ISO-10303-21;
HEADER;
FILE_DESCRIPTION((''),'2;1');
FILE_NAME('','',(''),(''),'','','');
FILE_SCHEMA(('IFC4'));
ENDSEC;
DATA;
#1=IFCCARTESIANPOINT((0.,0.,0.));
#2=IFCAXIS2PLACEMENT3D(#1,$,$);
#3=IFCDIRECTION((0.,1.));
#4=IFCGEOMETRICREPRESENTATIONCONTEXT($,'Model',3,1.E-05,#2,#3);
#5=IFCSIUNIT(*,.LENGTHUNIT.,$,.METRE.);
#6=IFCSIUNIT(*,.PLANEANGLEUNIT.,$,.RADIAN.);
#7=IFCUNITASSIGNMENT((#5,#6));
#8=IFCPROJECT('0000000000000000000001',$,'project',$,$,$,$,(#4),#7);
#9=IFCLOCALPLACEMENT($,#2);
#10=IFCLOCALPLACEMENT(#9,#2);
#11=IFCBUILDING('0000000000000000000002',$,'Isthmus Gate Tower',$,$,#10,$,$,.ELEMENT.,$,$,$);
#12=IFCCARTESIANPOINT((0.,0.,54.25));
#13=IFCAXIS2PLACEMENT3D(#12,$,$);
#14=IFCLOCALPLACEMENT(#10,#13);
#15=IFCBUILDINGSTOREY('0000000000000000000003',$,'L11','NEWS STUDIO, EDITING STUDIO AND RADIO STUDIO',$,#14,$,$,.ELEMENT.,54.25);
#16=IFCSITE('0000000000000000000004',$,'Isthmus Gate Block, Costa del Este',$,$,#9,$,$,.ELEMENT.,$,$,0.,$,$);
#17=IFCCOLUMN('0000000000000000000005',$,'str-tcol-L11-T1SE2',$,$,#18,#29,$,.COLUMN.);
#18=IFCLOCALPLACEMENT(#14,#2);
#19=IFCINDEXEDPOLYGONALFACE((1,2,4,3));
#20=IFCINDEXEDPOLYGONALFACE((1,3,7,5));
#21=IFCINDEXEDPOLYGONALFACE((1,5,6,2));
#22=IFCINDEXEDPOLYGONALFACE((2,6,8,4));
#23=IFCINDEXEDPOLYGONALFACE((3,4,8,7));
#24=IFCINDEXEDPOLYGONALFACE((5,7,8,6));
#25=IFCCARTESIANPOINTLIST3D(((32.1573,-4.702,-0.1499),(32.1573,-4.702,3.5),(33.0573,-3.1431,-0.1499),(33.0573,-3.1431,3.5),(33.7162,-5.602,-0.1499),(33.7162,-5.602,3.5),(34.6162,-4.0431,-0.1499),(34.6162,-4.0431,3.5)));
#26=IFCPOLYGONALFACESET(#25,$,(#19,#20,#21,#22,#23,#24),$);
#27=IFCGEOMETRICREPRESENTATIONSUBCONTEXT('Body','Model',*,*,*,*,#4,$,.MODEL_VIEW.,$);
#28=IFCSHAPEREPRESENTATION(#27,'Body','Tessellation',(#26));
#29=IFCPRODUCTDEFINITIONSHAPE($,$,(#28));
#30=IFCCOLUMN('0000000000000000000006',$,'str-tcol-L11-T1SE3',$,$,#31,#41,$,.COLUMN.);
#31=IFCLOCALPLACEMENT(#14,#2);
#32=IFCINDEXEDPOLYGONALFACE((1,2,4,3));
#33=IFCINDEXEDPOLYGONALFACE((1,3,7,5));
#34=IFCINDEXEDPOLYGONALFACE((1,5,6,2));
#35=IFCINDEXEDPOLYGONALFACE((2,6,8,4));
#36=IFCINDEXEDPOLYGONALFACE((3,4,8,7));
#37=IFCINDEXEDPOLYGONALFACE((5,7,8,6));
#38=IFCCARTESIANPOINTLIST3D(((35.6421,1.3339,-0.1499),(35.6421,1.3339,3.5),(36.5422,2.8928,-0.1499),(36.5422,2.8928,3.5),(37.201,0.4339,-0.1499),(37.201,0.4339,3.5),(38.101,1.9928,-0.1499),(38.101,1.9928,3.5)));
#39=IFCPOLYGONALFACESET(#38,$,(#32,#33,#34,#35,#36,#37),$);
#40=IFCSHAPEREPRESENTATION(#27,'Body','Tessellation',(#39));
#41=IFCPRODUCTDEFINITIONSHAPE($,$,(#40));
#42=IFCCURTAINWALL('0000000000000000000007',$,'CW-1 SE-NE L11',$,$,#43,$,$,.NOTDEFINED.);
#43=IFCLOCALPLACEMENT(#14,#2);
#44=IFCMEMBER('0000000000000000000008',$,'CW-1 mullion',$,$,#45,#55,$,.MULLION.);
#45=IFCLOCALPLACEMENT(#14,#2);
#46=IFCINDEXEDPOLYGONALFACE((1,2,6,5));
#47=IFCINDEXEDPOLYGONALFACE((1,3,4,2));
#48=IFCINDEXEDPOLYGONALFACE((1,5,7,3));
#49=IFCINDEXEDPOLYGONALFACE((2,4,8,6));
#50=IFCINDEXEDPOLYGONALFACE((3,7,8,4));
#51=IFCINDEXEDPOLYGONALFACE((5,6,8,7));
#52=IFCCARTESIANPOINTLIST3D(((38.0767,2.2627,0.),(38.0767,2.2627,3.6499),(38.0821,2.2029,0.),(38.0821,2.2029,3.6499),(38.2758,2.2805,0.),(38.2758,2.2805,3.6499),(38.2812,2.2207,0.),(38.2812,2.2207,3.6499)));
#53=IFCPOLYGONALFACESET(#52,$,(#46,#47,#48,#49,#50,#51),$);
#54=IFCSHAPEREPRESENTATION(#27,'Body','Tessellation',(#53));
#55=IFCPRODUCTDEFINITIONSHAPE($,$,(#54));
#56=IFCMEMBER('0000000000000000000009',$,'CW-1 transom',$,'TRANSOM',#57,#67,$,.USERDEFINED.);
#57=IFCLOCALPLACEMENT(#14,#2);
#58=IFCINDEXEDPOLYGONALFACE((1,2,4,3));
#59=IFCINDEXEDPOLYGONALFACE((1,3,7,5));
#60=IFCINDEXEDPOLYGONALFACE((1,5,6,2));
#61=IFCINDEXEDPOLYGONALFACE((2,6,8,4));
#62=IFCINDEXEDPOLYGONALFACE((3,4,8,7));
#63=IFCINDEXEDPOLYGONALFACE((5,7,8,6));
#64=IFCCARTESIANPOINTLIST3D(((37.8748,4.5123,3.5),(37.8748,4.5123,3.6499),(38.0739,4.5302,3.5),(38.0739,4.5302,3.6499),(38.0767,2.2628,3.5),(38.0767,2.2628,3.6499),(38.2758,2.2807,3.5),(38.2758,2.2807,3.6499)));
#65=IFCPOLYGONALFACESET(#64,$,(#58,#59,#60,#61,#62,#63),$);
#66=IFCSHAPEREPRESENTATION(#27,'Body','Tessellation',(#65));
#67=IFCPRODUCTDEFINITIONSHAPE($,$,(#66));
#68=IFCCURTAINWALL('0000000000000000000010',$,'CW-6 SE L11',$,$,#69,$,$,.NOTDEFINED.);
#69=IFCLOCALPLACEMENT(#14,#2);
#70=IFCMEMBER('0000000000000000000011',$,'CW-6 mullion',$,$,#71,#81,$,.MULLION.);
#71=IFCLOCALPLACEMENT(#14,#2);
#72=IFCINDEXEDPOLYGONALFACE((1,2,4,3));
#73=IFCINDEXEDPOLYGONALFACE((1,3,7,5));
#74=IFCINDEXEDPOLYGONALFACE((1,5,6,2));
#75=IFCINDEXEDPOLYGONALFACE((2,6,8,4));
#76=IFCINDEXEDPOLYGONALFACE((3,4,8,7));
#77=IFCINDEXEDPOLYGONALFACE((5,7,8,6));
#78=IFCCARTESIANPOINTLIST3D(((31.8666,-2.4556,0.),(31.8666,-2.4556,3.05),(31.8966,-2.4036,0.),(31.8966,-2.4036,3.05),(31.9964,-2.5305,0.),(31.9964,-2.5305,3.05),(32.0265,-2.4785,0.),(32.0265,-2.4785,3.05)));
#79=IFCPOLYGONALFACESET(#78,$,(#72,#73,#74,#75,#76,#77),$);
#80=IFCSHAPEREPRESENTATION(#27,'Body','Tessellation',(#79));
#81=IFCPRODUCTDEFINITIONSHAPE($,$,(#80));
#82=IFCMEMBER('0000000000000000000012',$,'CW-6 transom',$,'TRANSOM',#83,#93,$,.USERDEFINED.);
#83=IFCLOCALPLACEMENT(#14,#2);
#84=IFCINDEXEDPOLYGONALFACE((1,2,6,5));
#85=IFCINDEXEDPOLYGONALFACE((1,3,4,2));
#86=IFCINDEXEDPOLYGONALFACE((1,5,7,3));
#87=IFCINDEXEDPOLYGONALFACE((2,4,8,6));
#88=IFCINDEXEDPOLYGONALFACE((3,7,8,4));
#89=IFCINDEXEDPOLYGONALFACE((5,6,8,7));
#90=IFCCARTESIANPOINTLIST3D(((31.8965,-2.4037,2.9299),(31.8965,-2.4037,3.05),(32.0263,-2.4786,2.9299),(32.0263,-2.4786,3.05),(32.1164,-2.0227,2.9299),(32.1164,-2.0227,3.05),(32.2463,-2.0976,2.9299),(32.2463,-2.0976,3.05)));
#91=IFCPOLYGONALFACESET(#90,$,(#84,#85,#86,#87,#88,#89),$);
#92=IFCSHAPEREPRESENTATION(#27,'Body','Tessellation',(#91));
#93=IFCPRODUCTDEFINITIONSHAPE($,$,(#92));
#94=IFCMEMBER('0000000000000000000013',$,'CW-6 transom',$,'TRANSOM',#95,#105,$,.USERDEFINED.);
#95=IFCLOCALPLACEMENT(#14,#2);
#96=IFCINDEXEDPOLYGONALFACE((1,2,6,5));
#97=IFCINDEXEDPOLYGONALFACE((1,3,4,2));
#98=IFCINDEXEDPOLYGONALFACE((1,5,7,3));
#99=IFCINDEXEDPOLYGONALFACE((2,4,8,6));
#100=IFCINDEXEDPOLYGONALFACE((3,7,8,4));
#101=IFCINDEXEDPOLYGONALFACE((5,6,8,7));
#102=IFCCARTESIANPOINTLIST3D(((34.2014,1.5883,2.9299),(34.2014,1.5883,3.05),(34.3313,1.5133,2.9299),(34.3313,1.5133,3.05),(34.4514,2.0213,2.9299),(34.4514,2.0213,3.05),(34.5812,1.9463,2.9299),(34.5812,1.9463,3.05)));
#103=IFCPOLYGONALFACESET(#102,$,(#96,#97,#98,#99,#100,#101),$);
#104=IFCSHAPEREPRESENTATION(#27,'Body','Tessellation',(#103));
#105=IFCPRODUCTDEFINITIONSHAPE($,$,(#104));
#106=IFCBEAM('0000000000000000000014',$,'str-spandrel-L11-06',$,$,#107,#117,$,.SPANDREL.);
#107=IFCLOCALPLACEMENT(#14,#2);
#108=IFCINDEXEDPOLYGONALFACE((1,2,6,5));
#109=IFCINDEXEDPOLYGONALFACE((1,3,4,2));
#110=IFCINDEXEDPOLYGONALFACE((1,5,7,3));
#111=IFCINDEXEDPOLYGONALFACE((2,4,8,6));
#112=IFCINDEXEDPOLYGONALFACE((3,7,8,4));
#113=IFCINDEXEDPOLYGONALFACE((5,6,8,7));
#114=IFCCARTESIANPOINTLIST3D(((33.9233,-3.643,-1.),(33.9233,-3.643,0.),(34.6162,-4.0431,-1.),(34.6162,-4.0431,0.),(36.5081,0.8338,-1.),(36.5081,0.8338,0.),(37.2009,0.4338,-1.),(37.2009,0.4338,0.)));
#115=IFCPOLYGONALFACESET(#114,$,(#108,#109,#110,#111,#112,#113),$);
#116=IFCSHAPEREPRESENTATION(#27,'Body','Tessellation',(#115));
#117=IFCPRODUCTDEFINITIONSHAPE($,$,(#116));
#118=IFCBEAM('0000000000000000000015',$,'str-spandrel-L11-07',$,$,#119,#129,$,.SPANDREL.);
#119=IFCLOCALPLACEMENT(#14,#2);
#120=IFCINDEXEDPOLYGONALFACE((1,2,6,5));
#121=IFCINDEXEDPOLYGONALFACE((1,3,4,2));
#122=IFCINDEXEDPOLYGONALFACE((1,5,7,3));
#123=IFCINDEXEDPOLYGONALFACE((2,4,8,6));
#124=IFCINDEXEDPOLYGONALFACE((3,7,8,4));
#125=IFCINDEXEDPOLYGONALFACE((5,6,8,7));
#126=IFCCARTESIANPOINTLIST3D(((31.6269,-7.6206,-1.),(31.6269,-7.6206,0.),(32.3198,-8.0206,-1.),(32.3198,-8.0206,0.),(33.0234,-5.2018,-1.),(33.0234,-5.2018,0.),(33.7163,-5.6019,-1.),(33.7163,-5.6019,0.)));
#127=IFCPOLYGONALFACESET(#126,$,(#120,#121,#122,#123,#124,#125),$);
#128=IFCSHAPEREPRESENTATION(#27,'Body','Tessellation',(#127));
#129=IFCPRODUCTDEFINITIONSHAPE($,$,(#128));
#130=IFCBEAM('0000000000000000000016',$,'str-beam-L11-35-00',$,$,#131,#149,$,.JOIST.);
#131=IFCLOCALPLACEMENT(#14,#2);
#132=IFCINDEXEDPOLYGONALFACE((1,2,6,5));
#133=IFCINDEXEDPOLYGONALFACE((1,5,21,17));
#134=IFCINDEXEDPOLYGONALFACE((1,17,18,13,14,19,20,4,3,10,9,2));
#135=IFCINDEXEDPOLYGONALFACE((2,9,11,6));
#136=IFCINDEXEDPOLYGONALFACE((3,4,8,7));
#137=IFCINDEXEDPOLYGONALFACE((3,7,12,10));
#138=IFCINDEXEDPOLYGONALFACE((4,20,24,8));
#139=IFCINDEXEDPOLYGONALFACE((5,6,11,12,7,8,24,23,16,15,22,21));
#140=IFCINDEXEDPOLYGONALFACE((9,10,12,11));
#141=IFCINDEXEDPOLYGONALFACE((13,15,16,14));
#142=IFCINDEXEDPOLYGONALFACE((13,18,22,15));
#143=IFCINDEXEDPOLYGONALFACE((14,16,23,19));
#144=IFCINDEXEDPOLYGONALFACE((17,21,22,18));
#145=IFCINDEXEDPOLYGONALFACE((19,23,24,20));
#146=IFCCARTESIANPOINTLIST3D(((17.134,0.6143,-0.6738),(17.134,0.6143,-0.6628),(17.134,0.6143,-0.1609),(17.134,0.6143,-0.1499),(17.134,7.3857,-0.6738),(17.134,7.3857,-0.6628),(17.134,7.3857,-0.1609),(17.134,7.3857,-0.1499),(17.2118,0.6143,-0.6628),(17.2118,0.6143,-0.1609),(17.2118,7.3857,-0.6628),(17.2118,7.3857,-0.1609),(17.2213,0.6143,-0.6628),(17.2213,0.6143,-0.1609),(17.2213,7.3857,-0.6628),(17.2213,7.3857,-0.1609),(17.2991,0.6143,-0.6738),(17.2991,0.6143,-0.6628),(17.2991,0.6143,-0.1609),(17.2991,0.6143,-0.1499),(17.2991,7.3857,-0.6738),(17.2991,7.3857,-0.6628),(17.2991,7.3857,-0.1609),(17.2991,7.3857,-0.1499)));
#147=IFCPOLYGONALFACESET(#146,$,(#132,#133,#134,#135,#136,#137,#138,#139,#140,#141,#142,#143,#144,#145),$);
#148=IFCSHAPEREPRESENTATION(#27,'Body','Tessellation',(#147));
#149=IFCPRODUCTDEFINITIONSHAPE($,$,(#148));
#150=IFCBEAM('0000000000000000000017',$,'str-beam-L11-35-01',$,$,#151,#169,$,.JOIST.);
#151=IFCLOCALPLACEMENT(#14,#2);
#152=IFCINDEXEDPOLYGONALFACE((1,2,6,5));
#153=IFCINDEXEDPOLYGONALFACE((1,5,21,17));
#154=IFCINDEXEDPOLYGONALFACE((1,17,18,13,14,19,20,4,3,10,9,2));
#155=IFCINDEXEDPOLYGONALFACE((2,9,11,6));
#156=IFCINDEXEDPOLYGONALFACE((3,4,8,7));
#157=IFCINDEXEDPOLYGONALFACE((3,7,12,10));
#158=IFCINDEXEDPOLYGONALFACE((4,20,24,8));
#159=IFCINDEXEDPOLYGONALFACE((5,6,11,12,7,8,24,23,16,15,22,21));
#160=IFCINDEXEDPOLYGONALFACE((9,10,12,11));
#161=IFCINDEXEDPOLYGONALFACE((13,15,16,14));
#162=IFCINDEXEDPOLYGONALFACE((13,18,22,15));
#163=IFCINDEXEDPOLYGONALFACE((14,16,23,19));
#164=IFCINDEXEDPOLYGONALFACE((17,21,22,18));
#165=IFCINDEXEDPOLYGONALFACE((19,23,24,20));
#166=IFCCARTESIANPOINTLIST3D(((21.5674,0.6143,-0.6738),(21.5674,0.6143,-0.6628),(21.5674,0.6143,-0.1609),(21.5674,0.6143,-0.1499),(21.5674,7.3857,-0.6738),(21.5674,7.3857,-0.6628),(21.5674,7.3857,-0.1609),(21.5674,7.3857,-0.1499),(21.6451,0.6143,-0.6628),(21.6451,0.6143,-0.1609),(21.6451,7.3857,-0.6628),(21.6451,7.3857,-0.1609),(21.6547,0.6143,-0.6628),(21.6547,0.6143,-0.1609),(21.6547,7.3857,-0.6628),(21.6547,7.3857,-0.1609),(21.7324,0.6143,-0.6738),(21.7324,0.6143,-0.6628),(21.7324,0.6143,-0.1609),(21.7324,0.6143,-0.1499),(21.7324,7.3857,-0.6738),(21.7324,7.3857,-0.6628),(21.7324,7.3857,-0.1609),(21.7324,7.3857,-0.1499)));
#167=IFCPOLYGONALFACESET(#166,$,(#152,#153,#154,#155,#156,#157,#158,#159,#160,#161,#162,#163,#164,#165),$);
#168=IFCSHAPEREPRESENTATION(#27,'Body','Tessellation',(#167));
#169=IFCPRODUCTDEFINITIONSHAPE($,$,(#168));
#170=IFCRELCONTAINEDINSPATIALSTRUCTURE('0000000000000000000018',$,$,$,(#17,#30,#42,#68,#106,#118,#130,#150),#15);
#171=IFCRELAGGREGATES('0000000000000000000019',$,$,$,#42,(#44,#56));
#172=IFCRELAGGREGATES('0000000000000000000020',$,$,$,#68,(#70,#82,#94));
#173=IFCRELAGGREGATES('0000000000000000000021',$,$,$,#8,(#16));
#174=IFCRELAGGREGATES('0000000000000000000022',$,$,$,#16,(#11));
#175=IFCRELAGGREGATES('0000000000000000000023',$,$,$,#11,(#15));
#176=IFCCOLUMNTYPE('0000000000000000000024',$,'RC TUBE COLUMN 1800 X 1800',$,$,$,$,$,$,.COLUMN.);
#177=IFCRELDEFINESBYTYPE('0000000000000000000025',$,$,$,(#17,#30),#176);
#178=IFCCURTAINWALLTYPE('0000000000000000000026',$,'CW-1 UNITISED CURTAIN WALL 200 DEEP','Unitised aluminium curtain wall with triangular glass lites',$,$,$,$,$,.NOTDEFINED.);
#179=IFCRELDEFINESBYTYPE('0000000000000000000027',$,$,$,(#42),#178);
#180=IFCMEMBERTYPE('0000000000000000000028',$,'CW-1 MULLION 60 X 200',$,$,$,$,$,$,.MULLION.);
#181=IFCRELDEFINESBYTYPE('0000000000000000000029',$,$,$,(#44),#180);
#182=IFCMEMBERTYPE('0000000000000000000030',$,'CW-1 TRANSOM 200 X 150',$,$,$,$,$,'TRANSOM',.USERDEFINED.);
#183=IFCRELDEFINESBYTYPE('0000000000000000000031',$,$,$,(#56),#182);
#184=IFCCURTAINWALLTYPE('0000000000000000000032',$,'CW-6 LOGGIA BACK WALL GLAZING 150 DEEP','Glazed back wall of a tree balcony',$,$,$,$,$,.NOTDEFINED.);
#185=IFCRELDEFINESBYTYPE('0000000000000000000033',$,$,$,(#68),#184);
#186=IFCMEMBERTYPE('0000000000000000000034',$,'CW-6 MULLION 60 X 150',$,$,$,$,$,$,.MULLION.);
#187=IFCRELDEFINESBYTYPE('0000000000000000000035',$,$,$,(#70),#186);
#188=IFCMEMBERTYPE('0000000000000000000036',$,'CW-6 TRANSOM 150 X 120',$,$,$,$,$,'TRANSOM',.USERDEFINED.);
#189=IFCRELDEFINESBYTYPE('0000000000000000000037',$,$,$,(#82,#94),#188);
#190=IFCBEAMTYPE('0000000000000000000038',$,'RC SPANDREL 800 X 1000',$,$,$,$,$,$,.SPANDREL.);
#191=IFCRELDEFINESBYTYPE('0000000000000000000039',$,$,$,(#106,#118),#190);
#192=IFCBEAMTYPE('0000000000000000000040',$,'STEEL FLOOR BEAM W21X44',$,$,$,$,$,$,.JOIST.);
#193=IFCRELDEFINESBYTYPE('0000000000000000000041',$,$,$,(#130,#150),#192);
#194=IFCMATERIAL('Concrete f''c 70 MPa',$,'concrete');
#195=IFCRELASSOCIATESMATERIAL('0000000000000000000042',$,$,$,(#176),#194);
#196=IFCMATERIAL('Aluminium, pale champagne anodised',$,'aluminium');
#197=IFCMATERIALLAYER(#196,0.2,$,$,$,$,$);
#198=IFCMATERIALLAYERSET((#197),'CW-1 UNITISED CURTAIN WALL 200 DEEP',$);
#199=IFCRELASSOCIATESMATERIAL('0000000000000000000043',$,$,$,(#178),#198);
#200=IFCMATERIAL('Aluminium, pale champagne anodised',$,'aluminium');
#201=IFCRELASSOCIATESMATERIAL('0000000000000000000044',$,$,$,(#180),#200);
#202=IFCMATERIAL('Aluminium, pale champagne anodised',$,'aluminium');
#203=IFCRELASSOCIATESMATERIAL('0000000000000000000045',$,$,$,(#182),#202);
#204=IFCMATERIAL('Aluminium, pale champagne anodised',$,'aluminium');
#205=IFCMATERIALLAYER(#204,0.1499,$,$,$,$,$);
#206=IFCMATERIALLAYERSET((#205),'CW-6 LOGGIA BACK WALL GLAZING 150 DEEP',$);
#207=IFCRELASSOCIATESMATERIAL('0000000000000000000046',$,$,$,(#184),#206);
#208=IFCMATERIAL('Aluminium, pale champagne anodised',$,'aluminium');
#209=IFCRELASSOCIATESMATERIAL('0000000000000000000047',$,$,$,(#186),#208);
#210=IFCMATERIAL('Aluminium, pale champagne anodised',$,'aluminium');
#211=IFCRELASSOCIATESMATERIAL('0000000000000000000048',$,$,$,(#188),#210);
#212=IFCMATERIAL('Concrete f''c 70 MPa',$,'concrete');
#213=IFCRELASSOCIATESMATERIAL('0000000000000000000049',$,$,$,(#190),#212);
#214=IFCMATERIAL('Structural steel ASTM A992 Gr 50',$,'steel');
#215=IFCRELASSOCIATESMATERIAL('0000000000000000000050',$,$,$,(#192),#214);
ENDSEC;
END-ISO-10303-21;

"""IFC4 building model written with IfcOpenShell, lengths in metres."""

from ifc_helpers import new_model, si_unit, direction, frame, origin, origin_2d, place, context, subcontext, project, spatial, rectangle, i_section, extrude, material, layer, layer_set, material_profile, profile_set, type_object, element, aggregate, save


model = new_model("IFC4")

# Units and contexts
model_context = context("Model", 3, precision=1e-05, world=origin(), true_north=direction((0.0, 1.0)))
body_context = subcontext(model_context, "Body", "Model", "MODEL_VIEW")
ifc_project = project(units=[si_unit("LENGTHUNIT", "METRE"), si_unit("PLANEANGLEUNIT", "RADIAN")], contexts=[model_context])

# Site, building, storey
site_placement = place(None, origin())
site = spatial("IfcSite", under=ifc_project, at=site_placement, Name="Isthmus Gate Block, Costa del Este", CompositionType="ELEMENT", RefElevation=0.0)
building_placement = place(site_placement, origin())
building = spatial("IfcBuilding", under=site, at=building_placement, Name="Isthmus Gate Tower", CompositionType="ELEMENT")
storey_placement = place(building_placement, frame((0.0, 0.0, 54.25)))
storey = spatial("IfcBuildingStorey", under=building, at=storey_placement, Name="L11", Description="NEWS STUDIO, EDITING STUDIO AND RADIO STUDIO", CompositionType="ELEMENT", Elevation=54.25)

# Columns
ifc_material_1 = material(Name="Concrete f'c 70 MPa", Category="concrete")
ifc_material_profile_1 = material_profile(ifc_material_1, rectangle(XDim=1.8, YDim=1.8, at=origin_2d()), Name="RC 1800X1800")
ifc_profile_set_1 = profile_set([ifc_material_profile_1], Name="Concrete f'c 70 MPa")
column_type = type_object("IfcColumnType", Name="RC TUBE COLUMN 1800 X 1800", PredefinedType="COLUMN", material=ifc_profile_set_1)
for number, where, z_axis, x_axis, name in (
    (1, (33.3867, -4.3726, -0.1499), (0.0, 0.0, 1.0), (0.5, 0.866025, 0.0), "str-tcol-L11-T1SE2"),
    (2, (36.8716, 1.6633, -0.1499), (0.0, 0.0, 1.0), (0.5, 0.866025, 0.0), "str-tcol-L11-T1SE3"),
):
    element("IfcColumn", number, at=place(storey_placement, frame(where, z_axis=z_axis, x_axis=x_axis)), inside=storey, type_object=column_type, Name=name, PredefinedType="COLUMN", context=body_context, shape_type="SweptSolid", body=[
        extrude(rectangle(XDim=1.8, YDim=1.8, at=origin_2d()), origin(), (0.0, 0.0, 1.0), 3.6499),
    ])

# Curtain walls, members
ifc_material_2 = material(Name="Aluminium, pale champagne anodised", Category="aluminium")
ifc_layer_1 = layer(ifc_material_2, 0.2)
ifc_layer_set_1 = layer_set([ifc_layer_1], Name="CW-1 UNITISED CURTAIN WALL 200 DEEP")
curtain_wall_type_1 = type_object("IfcCurtainWallType", Name="CW-1 UNITISED CURTAIN WALL 200 DEEP", Description="Unitised aluminium curtain wall with triangular glass lites", PredefinedType="NOTDEFINED", material=ifc_layer_set_1)
curtain_wall_1_placement = place(storey_placement, origin())
curtain_wall_1 = element("IfcCurtainWall", 3, at=curtain_wall_1_placement, inside=storey, type_object=curtain_wall_type_1, Name="CW-1 SE-NE L11", PredefinedType="NOTDEFINED")
ifc_material_3 = material(Name="Aluminium, pale champagne anodised", Category="aluminium")
ifc_material_profile_2 = material_profile(ifc_material_3, rectangle(XDim=0.0601, YDim=0.2, at=origin_2d()), Name="60x200")
ifc_profile_set_2 = profile_set([ifc_material_profile_2], Name="Aluminium, pale champagne anodised")
member_type_1 = type_object("IfcMemberType", Name="CW-1 MULLION 60 X 200", PredefinedType="MULLION", material=ifc_profile_set_2)
member_1_placement = place(storey_placement, frame((38.179, 2.2417, 0.0), z_axis=(0.0, 0.0, 1.0), x_axis=(-0.089397, 0.995996, 0.0)))
member_1 = element("IfcMember", 4, at=member_1_placement, type_object=member_type_1, Name="CW-1 mullion", PredefinedType="MULLION", context=body_context, shape_type="SweptSolid", body=[
    extrude(rectangle(XDim=0.0601, YDim=0.2, at=origin_2d()), origin(), (0.0, 0.0, 1.0), 3.6499),
])
ifc_material_4 = material(Name="Aluminium, pale champagne anodised", Category="aluminium")
ifc_material_profile_3 = material_profile(ifc_material_4, rectangle(XDim=0.2, YDim=0.1499, at=origin_2d()), Name="200x150")
ifc_profile_set_3 = profile_set([ifc_material_profile_3], Name="Aluminium, pale champagne anodised")
member_type_2 = type_object("IfcMemberType", Name="CW-1 TRANSOM 200 X 150", ElementType="TRANSOM", PredefinedType="USERDEFINED", material=ifc_profile_set_3)
member_2_placement = place(storey_placement, frame((38.1763, 2.2717, 3.575), z_axis=(-0.089395, 0.995996, 0.0), x_axis=(-0.995996, -0.089395, 0.0)))
member_2 = element("IfcMember", 5, at=member_2_placement, type_object=member_type_2, Name="CW-1 transom", ObjectType="TRANSOM", PredefinedType="USERDEFINED", context=body_context, shape_type="SweptSolid", body=[
    extrude(rectangle(XDim=0.2, YDim=0.1499, at=origin_2d()), origin(), (0.0, 0.0, 1.0), 2.2585),
])
ifc_material_5 = material(Name="Aluminium, pale champagne anodised", Category="aluminium")
ifc_layer_2 = layer(ifc_material_5, 0.1499)
ifc_layer_set_2 = layer_set([ifc_layer_2], Name="CW-6 LOGGIA BACK WALL GLAZING 150 DEEP")
curtain_wall_type_2 = type_object("IfcCurtainWallType", Name="CW-6 LOGGIA BACK WALL GLAZING 150 DEEP", Description="Glazed back wall of a tree balcony", PredefinedType="NOTDEFINED", material=ifc_layer_set_2)
curtain_wall_2_placement = place(storey_placement, origin())
curtain_wall_2 = element("IfcCurtainWall", 6, at=curtain_wall_2_placement, inside=storey, type_object=curtain_wall_type_2, Name="CW-6 SE L11", PredefinedType="NOTDEFINED")
ifc_material_6 = material(Name="Aluminium, pale champagne anodised", Category="aluminium")
ifc_material_profile_4 = material_profile(ifc_material_6, rectangle(XDim=0.0601, YDim=0.1499, at=origin_2d()), Name="60x150")
ifc_profile_set_4 = profile_set([ifc_material_profile_4], Name="Aluminium, pale champagne anodised")
member_type_3 = type_object("IfcMemberType", Name="CW-6 MULLION 60 X 150", PredefinedType="MULLION", material=ifc_profile_set_4)
member_3_placement = place(storey_placement, frame((31.9465, -2.467, 0.0), z_axis=(0.0, 0.0, 1.0), x_axis=(0.5, 0.866025, 0.0)))
member_3 = element("IfcMember", 7, at=member_3_placement, type_object=member_type_3, Name="CW-6 mullion", PredefinedType="MULLION", context=body_context, shape_type="SweptSolid", body=[
    extrude(rectangle(XDim=0.0601, YDim=0.1499, at=origin_2d()), origin(), (0.0, 0.0, 1.0), 3.05),
])
ifc_material_7 = material(Name="Aluminium, pale champagne anodised", Category="aluminium")
ifc_material_profile_5 = material_profile(ifc_material_7, rectangle(XDim=0.1499, YDim=0.1201, at=origin_2d()), Name="150x120")
ifc_profile_set_5 = profile_set([ifc_material_profile_5], Name="Aluminium, pale champagne anodised")
member_type_4 = type_object("IfcMemberType", Name="CW-6 TRANSOM 150 X 120", ElementType="TRANSOM", PredefinedType="USERDEFINED", material=ifc_profile_set_5)
member_4_placement = place(storey_placement, frame((31.9614, -2.4412, 2.99), z_axis=(0.499899, 0.866084, 0.0), x_axis=(-0.866084, 0.499899, 0.0)))
member_4 = element("IfcMember", 8, at=member_4_placement, type_object=member_type_4, Name="CW-6 transom", ObjectType="TRANSOM", PredefinedType="USERDEFINED", context=body_context, shape_type="SweptSolid", body=[
    extrude(rectangle(XDim=0.1499, YDim=0.1201, at=origin_2d()), origin(), (0.0, 0.0, 1.0), 0.4399),
])
member_5_placement = place(storey_placement, frame((34.2664, 1.5508, 2.99), z_axis=(0.49992, 0.866072, 0.0), x_axis=(-0.866072, 0.49992, 0.0)))
member_5 = element("IfcMember", 9, at=member_5_placement, type_object=member_type_4, Name="CW-6 transom", ObjectType="TRANSOM", PredefinedType="USERDEFINED", context=body_context, shape_type="SweptSolid", body=[
    extrude(rectangle(XDim=0.1499, YDim=0.1201, at=origin_2d()), origin(), (0.0, 0.0, 1.0), 0.5),
])

# Beams
ifc_material_8 = material(Name="Concrete f'c 70 MPa", Category="concrete")
ifc_material_profile_6 = material_profile(ifc_material_8, rectangle(XDim=0.8, YDim=1.0, at=origin_2d()), Name="RC 800X1000")
ifc_profile_set_6 = profile_set([ifc_material_profile_6], Name="Concrete f'c 70 MPa")
beam_type_1 = type_object("IfcBeamType", Name="RC SPANDREL 800 X 1000", PredefinedType="SPANDREL", material=ifc_profile_set_6)
beam_1_placement = place(storey_placement, frame((36.8545, 0.6338, -0.5), z_axis=(-0.500005, -0.866023, 0.0), x_axis=(0.866023, -0.500005, 0.0)))
element("IfcBeam", 10, at=beam_1_placement, inside=storey, type_object=beam_type_1, Name="str-spandrel-L11-06", PredefinedType="SPANDREL", context=body_context, shape_type="SweptSolid", body=[
    extrude(rectangle(XDim=0.8, YDim=1.0, at=origin_2d()), origin(), (0.0, 0.0, 1.0), 5.1694),
])
beam_2_placement = place(storey_placement, frame((33.3699, -5.4019, -0.5), z_axis=(-0.500013, -0.866018, 0.0), x_axis=(0.866018, -0.500013, 0.0)))
element("IfcBeam", 11, at=beam_2_placement, inside=storey, type_object=beam_type_1, Name="str-spandrel-L11-07", PredefinedType="SPANDREL", context=body_context, shape_type="SweptSolid", body=[
    extrude(rectangle(XDim=0.8, YDim=1.0, at=origin_2d()), origin(), (0.0, 0.0, 1.0), 2.793),
])
ifc_material_9 = material(Name="Structural steel ASTM A992 Gr 50", Category="steel")
ifc_material_profile_7 = material_profile(ifc_material_9, i_section(OverallWidth=0.165, OverallDepth=0.5239, WebThickness=0.0095, FlangeThickness=0.011, at=origin_2d()), Name="W21X44")
ifc_profile_set_7 = profile_set([ifc_material_profile_7], Name="Structural steel ASTM A992 Gr 50")
beam_type_2 = type_object("IfcBeamType", Name="STEEL FLOOR BEAM W21X44", PredefinedType="JOIST", material=ifc_profile_set_7)
for number, where, z_axis, x_axis, name in (
    (12, (17.2166, 0.6143, -0.4119), (0.0, 1.0, 0.0), (-1.0, 0.0, 0.0), "str-beam-L11-35-00"),
    (13, (21.6499, 0.6143, -0.4119), (0.0, 1.0, 0.0), (-1.0, 0.0, 0.0), "str-beam-L11-35-01"),
):
    element("IfcBeam", number, at=place(storey_placement, frame(where, z_axis=z_axis, x_axis=x_axis)), inside=storey, type_object=beam_type_2, Name=name, PredefinedType="JOIST", context=body_context, shape_type="SweptSolid", body=[
        extrude(i_section(OverallWidth=0.165, OverallDepth=0.5239, WebThickness=0.0095, FlangeThickness=0.011, at=origin_2d()), origin(), (0.0, 0.0, 1.0), 6.7715),
    ])

aggregate(curtain_wall_1, [member_1, member_2])
aggregate(curtain_wall_2, [member_3, member_4, member_5])

save(model, "model.ifc")
